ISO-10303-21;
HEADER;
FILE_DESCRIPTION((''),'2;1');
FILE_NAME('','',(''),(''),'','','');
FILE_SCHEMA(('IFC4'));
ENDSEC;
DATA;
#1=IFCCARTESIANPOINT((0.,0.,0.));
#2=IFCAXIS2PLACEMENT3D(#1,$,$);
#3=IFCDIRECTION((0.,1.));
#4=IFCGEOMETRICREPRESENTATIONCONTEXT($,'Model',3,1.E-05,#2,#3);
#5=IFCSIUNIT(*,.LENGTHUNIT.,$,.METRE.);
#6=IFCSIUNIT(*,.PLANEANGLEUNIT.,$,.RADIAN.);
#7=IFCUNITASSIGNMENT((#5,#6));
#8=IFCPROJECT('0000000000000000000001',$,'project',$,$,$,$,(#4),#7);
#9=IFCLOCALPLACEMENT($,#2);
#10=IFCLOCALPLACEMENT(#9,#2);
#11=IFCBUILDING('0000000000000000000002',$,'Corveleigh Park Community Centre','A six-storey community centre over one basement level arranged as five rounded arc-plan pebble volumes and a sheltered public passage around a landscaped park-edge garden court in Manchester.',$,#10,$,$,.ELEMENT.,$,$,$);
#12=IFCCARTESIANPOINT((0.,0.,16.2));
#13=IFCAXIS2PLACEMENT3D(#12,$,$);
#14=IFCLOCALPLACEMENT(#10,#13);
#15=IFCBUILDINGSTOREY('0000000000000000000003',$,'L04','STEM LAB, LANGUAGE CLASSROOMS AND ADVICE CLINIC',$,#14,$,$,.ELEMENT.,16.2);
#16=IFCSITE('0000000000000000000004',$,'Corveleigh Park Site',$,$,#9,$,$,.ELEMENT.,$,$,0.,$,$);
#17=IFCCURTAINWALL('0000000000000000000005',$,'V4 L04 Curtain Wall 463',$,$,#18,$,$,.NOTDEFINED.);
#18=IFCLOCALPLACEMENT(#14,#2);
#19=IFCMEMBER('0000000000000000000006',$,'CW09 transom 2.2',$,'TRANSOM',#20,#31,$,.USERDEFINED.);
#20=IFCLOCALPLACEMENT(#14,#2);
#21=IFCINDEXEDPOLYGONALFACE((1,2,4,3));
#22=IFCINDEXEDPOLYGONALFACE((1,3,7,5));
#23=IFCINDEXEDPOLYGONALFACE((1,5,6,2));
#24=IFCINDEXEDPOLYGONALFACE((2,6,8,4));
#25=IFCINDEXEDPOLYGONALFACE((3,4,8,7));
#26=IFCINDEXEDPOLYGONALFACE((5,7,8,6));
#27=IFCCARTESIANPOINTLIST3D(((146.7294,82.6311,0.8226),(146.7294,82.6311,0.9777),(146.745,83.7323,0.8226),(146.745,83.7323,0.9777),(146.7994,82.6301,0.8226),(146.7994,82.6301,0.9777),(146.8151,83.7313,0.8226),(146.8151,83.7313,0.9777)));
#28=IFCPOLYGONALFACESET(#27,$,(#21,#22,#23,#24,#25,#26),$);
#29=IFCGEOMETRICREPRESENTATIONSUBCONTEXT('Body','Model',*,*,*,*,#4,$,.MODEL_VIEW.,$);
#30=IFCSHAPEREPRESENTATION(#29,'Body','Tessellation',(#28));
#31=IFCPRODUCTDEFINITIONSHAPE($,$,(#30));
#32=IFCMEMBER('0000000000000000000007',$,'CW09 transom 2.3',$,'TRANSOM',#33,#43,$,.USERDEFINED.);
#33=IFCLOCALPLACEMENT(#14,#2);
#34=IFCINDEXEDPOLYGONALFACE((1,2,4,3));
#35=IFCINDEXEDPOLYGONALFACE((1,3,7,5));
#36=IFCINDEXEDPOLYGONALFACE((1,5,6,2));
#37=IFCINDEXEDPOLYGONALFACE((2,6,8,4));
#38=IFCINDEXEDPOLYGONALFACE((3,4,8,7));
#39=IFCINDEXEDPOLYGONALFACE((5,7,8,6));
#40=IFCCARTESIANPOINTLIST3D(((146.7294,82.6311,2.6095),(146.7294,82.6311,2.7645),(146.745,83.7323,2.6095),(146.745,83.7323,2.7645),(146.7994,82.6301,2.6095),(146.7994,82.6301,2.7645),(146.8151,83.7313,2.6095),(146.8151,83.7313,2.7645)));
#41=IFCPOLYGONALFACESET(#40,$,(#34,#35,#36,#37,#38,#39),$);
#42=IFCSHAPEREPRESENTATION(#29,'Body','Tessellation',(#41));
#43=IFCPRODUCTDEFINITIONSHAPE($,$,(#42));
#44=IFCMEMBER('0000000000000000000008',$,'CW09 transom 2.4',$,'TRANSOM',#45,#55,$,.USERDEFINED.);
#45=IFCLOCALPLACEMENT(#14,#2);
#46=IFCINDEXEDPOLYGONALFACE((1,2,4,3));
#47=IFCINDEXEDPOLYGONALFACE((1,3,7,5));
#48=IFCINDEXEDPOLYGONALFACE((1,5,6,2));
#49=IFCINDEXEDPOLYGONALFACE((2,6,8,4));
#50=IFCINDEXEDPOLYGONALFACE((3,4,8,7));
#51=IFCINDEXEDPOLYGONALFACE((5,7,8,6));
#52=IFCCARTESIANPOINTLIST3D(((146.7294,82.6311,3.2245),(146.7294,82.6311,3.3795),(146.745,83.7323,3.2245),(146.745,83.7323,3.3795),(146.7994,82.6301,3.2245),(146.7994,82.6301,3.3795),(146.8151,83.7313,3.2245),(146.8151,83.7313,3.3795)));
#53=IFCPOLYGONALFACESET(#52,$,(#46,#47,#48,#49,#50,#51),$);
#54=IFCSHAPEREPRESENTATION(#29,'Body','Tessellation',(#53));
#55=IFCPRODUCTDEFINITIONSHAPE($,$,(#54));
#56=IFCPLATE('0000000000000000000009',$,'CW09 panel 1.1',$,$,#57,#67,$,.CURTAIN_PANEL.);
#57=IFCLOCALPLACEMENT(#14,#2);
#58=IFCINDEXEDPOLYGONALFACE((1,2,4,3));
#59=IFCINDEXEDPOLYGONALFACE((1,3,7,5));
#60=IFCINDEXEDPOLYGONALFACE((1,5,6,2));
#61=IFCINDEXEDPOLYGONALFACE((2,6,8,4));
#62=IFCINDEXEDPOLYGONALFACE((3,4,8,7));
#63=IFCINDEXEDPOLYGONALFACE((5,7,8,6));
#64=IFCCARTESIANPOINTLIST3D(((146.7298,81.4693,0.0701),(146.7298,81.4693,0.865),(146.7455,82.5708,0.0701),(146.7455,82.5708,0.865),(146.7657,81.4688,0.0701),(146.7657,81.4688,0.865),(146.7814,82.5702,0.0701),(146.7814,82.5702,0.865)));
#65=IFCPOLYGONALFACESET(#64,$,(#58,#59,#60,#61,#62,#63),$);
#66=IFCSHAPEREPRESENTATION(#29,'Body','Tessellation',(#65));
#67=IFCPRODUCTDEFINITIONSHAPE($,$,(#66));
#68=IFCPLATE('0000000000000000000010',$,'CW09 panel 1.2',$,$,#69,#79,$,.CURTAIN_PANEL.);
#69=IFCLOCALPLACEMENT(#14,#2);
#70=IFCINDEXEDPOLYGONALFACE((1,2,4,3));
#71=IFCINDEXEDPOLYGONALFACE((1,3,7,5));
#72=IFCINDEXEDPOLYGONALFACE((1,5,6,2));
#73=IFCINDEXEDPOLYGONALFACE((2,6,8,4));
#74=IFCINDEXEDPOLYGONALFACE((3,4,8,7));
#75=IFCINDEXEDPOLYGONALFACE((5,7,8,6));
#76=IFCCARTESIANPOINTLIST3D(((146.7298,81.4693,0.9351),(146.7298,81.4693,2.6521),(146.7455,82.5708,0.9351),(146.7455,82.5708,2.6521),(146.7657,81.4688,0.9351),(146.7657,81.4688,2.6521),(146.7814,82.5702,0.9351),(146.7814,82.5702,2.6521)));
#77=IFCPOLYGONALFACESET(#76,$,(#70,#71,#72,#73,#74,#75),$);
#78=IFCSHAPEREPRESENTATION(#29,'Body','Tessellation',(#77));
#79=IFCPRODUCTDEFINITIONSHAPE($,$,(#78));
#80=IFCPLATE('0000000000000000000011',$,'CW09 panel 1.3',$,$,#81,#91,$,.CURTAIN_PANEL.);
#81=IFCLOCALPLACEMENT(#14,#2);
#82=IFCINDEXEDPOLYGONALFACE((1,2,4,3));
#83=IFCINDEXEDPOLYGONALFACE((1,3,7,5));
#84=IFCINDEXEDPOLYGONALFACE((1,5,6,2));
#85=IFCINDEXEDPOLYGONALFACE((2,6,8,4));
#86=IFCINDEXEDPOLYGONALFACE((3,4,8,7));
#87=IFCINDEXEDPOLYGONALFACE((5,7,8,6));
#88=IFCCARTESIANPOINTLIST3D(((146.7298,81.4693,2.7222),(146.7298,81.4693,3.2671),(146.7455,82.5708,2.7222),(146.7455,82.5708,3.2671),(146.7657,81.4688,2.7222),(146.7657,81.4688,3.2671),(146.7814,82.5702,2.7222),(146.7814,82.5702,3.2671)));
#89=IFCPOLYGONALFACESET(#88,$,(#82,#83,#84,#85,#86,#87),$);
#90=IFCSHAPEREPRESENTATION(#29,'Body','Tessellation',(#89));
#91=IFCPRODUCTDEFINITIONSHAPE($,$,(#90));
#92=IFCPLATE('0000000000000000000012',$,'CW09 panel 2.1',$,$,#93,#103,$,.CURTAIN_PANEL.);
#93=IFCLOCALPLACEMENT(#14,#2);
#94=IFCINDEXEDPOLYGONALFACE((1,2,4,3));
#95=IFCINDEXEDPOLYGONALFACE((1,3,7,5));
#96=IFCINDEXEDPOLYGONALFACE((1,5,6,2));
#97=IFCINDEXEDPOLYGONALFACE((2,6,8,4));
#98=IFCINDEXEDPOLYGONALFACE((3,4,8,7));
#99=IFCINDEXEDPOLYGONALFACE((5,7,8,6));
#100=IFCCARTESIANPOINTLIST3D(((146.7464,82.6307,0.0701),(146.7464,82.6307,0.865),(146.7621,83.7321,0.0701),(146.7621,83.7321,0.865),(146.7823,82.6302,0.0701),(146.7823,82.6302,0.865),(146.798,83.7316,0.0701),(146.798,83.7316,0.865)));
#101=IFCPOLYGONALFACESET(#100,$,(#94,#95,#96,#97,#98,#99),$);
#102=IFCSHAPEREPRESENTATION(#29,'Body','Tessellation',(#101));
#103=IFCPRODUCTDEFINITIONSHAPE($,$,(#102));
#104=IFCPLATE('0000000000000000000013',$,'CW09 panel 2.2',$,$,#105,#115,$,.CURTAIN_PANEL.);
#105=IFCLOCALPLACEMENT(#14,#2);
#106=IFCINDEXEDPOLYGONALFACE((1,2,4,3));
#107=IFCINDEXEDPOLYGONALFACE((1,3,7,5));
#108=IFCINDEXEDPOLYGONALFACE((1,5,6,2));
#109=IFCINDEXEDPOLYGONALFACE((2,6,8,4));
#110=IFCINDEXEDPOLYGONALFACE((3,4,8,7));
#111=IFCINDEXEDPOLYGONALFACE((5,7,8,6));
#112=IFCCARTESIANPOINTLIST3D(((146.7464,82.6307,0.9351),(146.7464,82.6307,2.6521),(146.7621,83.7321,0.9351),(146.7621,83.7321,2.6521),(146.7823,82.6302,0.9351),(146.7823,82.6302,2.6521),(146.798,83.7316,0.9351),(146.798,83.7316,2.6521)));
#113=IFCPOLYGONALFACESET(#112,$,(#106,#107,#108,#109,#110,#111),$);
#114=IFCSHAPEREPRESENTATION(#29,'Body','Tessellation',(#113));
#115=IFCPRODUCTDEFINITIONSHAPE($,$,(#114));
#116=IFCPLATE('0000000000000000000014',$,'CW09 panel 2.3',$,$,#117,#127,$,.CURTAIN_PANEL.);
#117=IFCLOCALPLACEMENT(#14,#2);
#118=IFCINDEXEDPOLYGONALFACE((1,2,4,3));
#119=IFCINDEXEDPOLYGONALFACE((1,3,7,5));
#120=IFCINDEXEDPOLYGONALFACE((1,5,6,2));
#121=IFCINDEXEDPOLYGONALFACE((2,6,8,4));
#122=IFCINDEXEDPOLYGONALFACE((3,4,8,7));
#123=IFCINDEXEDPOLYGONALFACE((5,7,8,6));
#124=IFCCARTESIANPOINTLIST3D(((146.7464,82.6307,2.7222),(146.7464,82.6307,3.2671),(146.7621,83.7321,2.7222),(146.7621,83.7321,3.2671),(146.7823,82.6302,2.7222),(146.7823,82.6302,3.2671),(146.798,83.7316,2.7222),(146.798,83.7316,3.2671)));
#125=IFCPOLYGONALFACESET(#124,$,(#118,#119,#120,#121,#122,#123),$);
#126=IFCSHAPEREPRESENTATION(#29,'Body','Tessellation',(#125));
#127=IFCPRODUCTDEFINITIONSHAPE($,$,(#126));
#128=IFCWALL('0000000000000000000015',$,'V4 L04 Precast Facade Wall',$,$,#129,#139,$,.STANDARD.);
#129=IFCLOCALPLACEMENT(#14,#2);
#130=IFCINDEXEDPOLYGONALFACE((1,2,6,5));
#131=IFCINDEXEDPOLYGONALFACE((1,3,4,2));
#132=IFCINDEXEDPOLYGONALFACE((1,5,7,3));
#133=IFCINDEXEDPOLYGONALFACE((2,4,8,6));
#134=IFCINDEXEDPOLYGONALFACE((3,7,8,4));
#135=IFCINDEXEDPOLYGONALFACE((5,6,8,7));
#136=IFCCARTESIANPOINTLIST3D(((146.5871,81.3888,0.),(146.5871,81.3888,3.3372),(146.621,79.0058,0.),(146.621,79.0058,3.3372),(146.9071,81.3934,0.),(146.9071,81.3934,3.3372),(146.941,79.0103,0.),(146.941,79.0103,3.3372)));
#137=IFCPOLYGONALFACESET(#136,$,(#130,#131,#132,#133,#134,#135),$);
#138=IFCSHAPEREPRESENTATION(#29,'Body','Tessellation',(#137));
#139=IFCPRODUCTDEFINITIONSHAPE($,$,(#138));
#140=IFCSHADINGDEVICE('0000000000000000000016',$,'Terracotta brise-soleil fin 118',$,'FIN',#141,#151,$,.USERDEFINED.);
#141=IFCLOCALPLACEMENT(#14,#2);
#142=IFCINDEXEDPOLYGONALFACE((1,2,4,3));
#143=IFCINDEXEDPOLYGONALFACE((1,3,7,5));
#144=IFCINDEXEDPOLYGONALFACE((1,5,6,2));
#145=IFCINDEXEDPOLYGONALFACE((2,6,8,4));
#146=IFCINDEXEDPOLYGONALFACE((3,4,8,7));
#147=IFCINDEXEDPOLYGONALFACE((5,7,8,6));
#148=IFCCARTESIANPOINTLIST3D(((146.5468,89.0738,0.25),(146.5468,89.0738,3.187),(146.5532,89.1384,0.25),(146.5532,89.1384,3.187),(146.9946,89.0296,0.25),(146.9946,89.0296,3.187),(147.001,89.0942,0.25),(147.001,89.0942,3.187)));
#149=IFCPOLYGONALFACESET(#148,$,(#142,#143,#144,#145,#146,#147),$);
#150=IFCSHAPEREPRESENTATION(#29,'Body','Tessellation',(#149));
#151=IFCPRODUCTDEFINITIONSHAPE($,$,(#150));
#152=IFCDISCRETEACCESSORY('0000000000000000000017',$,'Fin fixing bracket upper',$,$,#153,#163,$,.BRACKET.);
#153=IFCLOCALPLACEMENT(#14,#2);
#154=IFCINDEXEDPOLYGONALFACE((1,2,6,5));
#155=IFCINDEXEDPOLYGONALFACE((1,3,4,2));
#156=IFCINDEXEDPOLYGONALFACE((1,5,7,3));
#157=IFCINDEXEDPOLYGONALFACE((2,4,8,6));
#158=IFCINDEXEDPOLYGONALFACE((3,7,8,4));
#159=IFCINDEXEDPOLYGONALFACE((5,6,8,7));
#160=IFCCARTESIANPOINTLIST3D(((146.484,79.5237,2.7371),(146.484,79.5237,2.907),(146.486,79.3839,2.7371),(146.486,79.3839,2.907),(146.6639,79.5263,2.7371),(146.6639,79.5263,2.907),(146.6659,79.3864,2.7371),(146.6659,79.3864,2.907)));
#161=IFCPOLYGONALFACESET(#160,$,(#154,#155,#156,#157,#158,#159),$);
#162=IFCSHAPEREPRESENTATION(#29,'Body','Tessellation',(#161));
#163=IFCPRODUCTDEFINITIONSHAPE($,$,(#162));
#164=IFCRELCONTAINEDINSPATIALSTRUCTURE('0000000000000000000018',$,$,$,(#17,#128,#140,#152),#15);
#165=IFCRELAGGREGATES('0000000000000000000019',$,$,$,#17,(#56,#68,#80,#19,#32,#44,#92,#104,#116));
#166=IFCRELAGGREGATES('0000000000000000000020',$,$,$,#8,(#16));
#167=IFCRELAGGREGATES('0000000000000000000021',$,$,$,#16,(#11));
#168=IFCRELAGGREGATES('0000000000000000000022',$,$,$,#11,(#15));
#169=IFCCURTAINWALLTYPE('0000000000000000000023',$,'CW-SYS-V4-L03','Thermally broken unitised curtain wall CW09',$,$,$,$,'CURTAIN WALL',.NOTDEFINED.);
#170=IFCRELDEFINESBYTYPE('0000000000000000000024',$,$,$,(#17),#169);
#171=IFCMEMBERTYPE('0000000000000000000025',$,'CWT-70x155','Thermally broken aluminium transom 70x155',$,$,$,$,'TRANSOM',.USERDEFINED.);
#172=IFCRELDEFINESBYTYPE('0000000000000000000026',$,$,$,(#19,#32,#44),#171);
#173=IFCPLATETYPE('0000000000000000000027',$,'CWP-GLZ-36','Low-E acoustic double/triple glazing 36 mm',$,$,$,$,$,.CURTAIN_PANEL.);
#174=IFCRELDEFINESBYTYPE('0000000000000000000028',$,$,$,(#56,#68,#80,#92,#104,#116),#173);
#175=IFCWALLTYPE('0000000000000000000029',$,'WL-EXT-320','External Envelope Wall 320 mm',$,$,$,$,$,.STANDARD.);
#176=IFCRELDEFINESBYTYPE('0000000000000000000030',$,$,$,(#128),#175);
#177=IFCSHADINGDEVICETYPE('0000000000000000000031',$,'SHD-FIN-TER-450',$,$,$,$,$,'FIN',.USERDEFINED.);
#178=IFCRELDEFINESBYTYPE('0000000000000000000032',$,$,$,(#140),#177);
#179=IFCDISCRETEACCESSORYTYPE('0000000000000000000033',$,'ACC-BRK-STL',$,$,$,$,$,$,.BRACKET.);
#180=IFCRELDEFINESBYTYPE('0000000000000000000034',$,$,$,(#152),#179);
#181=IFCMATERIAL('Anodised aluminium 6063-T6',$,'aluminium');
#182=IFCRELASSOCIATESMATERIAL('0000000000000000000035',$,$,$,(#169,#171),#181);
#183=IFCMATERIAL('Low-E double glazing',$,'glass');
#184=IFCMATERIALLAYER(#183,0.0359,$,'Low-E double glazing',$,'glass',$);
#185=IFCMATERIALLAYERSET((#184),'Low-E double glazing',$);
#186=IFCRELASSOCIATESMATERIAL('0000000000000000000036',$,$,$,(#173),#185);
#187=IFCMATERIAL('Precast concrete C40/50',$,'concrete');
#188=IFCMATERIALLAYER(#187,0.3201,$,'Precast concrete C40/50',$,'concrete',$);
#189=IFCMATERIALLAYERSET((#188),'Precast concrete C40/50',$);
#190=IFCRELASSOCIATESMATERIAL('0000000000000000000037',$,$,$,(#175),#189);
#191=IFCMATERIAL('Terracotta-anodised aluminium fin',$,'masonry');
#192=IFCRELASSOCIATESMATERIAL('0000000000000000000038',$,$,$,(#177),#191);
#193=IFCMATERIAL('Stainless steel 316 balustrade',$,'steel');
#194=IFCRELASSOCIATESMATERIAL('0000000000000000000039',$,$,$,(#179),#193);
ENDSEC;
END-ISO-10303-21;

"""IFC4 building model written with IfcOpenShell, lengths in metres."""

from ifc_helpers import new_model, si_unit, direction, frame, frame_2d, origin, origin_2d, place, context, subcontext, project, spatial, rectangle, extrude, material, layer, layer_set, material_profile, profile_set, type_object, element, aggregate, save


model = new_model("IFC4")

# Units and contexts
model_context = context("Model", 3, precision=1e-05, world=origin(), true_north=direction((0.0, 1.0)))
body_context = subcontext(model_context, "Body", "Model", "MODEL_VIEW")
ifc_project = project(units=[si_unit("LENGTHUNIT", "METRE"), si_unit("PLANEANGLEUNIT", "RADIAN")], contexts=[model_context])

# Site, building, storey
site_placement = place(None, origin())
site = spatial("IfcSite", under=ifc_project, at=site_placement, Name="Corveleigh Park Site", CompositionType="ELEMENT", RefElevation=0.0)
building_placement = place(site_placement, origin())
building = spatial("IfcBuilding", under=site, at=building_placement, Name="Corveleigh Park Community Centre", Description="A six-storey community centre over one basement level arranged as five rounded arc-plan pebble volumes and a sheltered public passage around a landscaped park-edge garden court in Manchester.", CompositionType="ELEMENT")
storey_placement = place(building_placement, frame((0.0, 0.0, 16.2)))
storey = spatial("IfcBuildingStorey", under=building, at=storey_placement, Name="L04", Description="STEM LAB, LANGUAGE CLASSROOMS AND ADVICE CLINIC", CompositionType="ELEMENT", Elevation=16.2)

# Curtain wall
ifc_material_1 = material(Name="Anodised aluminium 6063-T6", Category="aluminium")
curtain_wall_type = type_object("IfcCurtainWallType", Name="CW-SYS-V4-L03", Description="Thermally broken unitised curtain wall CW09", ElementType="CURTAIN WALL", PredefinedType="NOTDEFINED", material=ifc_material_1)
curtain_wall_1_placement = place(storey_placement, origin())
curtain_wall_1 = element("IfcCurtainWall", 1, at=curtain_wall_1_placement, inside=storey, type_object=curtain_wall_type, Name="V4 L04 Curtain Wall 463", PredefinedType="NOTDEFINED")

# Members
ifc_material_profile_1 = material_profile(ifc_material_1, rectangle(XDim=0.0701, YDim=0.155, at=origin_2d()), Name="ALU-T70x155", Category="aluminium")
ifc_profile_set_1 = profile_set([ifc_material_profile_1], Name="Anodised aluminium 6063-T6")
member_type_1 = type_object("IfcMemberType", Name="CWT-70x155", Description="Thermally broken aluminium transom 70x155", ElementType="TRANSOM", PredefinedType="USERDEFINED", material=ifc_profile_set_1)
member_1_placement = place(storey_placement, frame((146.7644, 82.6306, 0.9001), z_axis=(0.014186, 0.999899, 0.0), x_axis=(-0.999899, 0.014186, 0.0)))
member_1 = element("IfcMember", 2, at=member_1_placement, type_object=member_type_1, Name="CW09 transom 2.2", ObjectType="TRANSOM", PredefinedType="USERDEFINED", context=body_context, shape_type="SweptSolid", body=[
    extrude(rectangle(XDim=0.0701, YDim=0.155, at=origin_2d()), origin(), (0.0, 0.0, 1.0), 1.1013),
])
member_2_placement = place(storey_placement, frame((146.7644, 82.6306, 2.687), z_axis=(0.014186, 0.999899, 0.0), x_axis=(-0.999899, 0.014186, 0.0)))
member_2 = element("IfcMember", 3, at=member_2_placement, type_object=member_type_1, Name="CW09 transom 2.3", ObjectType="TRANSOM", PredefinedType="USERDEFINED", context=body_context, shape_type="SweptSolid", body=[
    extrude(rectangle(XDim=0.0701, YDim=0.155, at=origin_2d()), origin(), (0.0, 0.0, 1.0), 1.1013),
])
member_3_placement = place(storey_placement, frame((146.7644, 82.6306, 3.302), z_axis=(0.014186, 0.999899, 0.0), x_axis=(-0.999899, 0.014186, 0.0)))
member_3 = element("IfcMember", 4, at=member_3_placement, type_object=member_type_1, Name="CW09 transom 2.4", ObjectType="TRANSOM", PredefinedType="USERDEFINED", context=body_context, shape_type="SweptSolid", body=[
    extrude(rectangle(XDim=0.0701, YDim=0.155, at=origin_2d()), origin(), (0.0, 0.0, 1.0), 1.1013),
])

# Plates
ifc_material_2 = material(Name="Low-E double glazing", Category="glass")
ifc_layer_1 = layer(ifc_material_2, 0.0359, Name="Low-E double glazing", Category="glass")
ifc_layer_set_1 = layer_set([ifc_layer_1], Name="Low-E double glazing")
plate_type = type_object("IfcPlateType", Name="CWP-GLZ-36", Description="Low-E acoustic double/triple glazing 36 mm", PredefinedType="CURTAIN_PANEL", material=ifc_layer_set_1)
plate_1_placement = place(storey_placement, frame((146.7556, 82.0198, 0.0701), z_axis=(0.0, 0.0, 1.0), x_axis=(0.014266, 0.999898, 0.0)))
plate_1 = element("IfcPlate", 5, at=plate_1_placement, type_object=plate_type, Name="CW09 panel 1.1", PredefinedType="CURTAIN_PANEL", context=body_context, shape_type="SweptSolid", body=[
    extrude(rectangle(XDim=1.1016, YDim=0.0359, at=origin_2d()), origin(), (0.0, 0.0, 1.0), 0.7949),
])
plate_2_placement = place(storey_placement, frame((146.7556, 82.0198, 0.9351), z_axis=(0.0, 0.0, 1.0), x_axis=(0.014266, 0.999898, 0.0)))
plate_2 = element("IfcPlate", 6, at=plate_2_placement, type_object=plate_type, Name="CW09 panel 1.2", PredefinedType="CURTAIN_PANEL", context=body_context, shape_type="SweptSolid", body=[
    extrude(rectangle(XDim=1.1016, YDim=0.0359, at=origin_2d()), origin(), (0.0, 0.0, 1.0), 1.717),
])
plate_3_placement = place(storey_placement, frame((146.7556, 82.0198, 2.7222), z_axis=(0.0, 0.0, 1.0), x_axis=(0.014266, 0.999898, 0.0)))
plate_3 = element("IfcPlate", 7, at=plate_3_placement, type_object=plate_type, Name="CW09 panel 1.3", PredefinedType="CURTAIN_PANEL", context=body_context, shape_type="SweptSolid", body=[
    extrude(rectangle(XDim=1.1016, YDim=0.0359, at=origin_2d()), origin(), (0.0, 0.0, 1.0), 0.5449),
])
plate_4_placement = place(storey_placement, frame((146.7722, 83.1812, 0.0701), z_axis=(0.0, 0.0, 1.0), x_axis=(0.014266, 0.999898, 0.0)))
plate_4 = element("IfcPlate", 8, at=plate_4_placement, type_object=plate_type, Name="CW09 panel 2.1", PredefinedType="CURTAIN_PANEL", context=body_context, shape_type="SweptSolid", body=[
    extrude(rectangle(XDim=1.1016, YDim=0.0359, at=origin_2d()), origin(), (0.0, 0.0, 1.0), 0.7949),
])
plate_5_placement = place(storey_placement, frame((146.7722, 83.1812, 0.9351), z_axis=(0.0, 0.0, 1.0), x_axis=(0.014266, 0.999898, 0.0)))
plate_5 = element("IfcPlate", 9, at=plate_5_placement, type_object=plate_type, Name="CW09 panel 2.2", PredefinedType="CURTAIN_PANEL", context=body_context, shape_type="SweptSolid", body=[
    extrude(rectangle(XDim=1.1016, YDim=0.0359, at=origin_2d()), origin(), (0.0, 0.0, 1.0), 1.717),
])
plate_6_placement = place(storey_placement, frame((146.7722, 83.1812, 2.7222), z_axis=(0.0, 0.0, 1.0), x_axis=(0.014266, 0.999898, 0.0)))
plate_6 = element("IfcPlate", 10, at=plate_6_placement, type_object=plate_type, Name="CW09 panel 2.3", PredefinedType="CURTAIN_PANEL", context=body_context, shape_type="SweptSolid", body=[
    extrude(rectangle(XDim=1.1016, YDim=0.0359, at=origin_2d()), origin(), (0.0, 0.0, 1.0), 0.5449),
])
aggregate(curtain_wall_1, [plate_1, plate_2, plate_3, member_1, member_2, member_3, plate_4, plate_5, plate_6])

# Wall
ifc_material_3 = material(Name="Precast concrete C40/50", Category="concrete")
ifc_layer_2 = layer(ifc_material_3, 0.3201, Name="Precast concrete C40/50", Category="concrete")
ifc_layer_set_2 = layer_set([ifc_layer_2], Name="Precast concrete C40/50")
wall_type = type_object("IfcWallType", Name="WL-EXT-320", Description="External Envelope Wall 320 mm", PredefinedType="STANDARD", material=ifc_layer_set_2)
wall_placement = place(storey_placement, frame((146.781, 79.0081, 0.0), z_axis=(0.0, 0.0, 1.0), x_axis=(-0.014239, 0.999899, 0.0)))
element("IfcWall", 11, at=wall_placement, inside=storey, type_object=wall_type, Name="V4 L04 Precast Facade Wall", PredefinedType="STANDARD", context=body_context, shape_type="SweptSolid", body=[
    extrude(rectangle(XDim=2.3833, YDim=0.3201, at=frame_2d((1.1917, 0.0))), origin(), (0.0, 0.0, 1.0), 3.3372),
])

# Shading device
ifc_material_4 = material(Name="Terracotta-anodised aluminium fin", Category="masonry")
shading_device_type = type_object("IfcShadingDeviceType", Name="SHD-FIN-TER-450", ElementType="FIN", PredefinedType="USERDEFINED", material=ifc_material_4)
shading_device_placement = place(storey_placement, frame((146.7739, 89.084, 0.25), z_axis=(0.0, 0.0, 1.0), x_axis=(-0.995169, 0.098174, 0.0)))
element("IfcShadingDevice", 12, at=shading_device_placement, inside=storey, type_object=shading_device_type, Name="Terracotta brise-soleil fin 118", ObjectType="FIN", PredefinedType="USERDEFINED", context=body_context, shape_type="SweptSolid", body=[
    extrude(rectangle(XDim=0.45, YDim=0.0649, at=origin_2d()), origin(), (0.0, 0.0, 1.0), 2.937),
])

# Discrete accessory
ifc_material_5 = material(Name="Stainless steel 316 balustrade", Category="steel")
discrete_accessory_type = type_object("IfcDiscreteAccessoryType", Name="ACC-BRK-STL", PredefinedType="BRACKET", material=ifc_material_5)
discrete_accessory_placement = place(storey_placement, frame((146.575, 79.4551, 2.7371), z_axis=(0.0, 0.0, 1.0), x_axis=(-0.999898, -0.014266, 0.0)))
element("IfcDiscreteAccessory", 13, at=discrete_accessory_placement, inside=storey, type_object=discrete_accessory_type, Name="Fin fixing bracket upper", PredefinedType="BRACKET", context=body_context, shape_type="SweptSolid", body=[
    extrude(rectangle(XDim=0.1799, YDim=0.1399, at=origin_2d()), origin(), (0.0, 0.0, 1.0), 0.1699),
])

save(model, "model.ifc")
